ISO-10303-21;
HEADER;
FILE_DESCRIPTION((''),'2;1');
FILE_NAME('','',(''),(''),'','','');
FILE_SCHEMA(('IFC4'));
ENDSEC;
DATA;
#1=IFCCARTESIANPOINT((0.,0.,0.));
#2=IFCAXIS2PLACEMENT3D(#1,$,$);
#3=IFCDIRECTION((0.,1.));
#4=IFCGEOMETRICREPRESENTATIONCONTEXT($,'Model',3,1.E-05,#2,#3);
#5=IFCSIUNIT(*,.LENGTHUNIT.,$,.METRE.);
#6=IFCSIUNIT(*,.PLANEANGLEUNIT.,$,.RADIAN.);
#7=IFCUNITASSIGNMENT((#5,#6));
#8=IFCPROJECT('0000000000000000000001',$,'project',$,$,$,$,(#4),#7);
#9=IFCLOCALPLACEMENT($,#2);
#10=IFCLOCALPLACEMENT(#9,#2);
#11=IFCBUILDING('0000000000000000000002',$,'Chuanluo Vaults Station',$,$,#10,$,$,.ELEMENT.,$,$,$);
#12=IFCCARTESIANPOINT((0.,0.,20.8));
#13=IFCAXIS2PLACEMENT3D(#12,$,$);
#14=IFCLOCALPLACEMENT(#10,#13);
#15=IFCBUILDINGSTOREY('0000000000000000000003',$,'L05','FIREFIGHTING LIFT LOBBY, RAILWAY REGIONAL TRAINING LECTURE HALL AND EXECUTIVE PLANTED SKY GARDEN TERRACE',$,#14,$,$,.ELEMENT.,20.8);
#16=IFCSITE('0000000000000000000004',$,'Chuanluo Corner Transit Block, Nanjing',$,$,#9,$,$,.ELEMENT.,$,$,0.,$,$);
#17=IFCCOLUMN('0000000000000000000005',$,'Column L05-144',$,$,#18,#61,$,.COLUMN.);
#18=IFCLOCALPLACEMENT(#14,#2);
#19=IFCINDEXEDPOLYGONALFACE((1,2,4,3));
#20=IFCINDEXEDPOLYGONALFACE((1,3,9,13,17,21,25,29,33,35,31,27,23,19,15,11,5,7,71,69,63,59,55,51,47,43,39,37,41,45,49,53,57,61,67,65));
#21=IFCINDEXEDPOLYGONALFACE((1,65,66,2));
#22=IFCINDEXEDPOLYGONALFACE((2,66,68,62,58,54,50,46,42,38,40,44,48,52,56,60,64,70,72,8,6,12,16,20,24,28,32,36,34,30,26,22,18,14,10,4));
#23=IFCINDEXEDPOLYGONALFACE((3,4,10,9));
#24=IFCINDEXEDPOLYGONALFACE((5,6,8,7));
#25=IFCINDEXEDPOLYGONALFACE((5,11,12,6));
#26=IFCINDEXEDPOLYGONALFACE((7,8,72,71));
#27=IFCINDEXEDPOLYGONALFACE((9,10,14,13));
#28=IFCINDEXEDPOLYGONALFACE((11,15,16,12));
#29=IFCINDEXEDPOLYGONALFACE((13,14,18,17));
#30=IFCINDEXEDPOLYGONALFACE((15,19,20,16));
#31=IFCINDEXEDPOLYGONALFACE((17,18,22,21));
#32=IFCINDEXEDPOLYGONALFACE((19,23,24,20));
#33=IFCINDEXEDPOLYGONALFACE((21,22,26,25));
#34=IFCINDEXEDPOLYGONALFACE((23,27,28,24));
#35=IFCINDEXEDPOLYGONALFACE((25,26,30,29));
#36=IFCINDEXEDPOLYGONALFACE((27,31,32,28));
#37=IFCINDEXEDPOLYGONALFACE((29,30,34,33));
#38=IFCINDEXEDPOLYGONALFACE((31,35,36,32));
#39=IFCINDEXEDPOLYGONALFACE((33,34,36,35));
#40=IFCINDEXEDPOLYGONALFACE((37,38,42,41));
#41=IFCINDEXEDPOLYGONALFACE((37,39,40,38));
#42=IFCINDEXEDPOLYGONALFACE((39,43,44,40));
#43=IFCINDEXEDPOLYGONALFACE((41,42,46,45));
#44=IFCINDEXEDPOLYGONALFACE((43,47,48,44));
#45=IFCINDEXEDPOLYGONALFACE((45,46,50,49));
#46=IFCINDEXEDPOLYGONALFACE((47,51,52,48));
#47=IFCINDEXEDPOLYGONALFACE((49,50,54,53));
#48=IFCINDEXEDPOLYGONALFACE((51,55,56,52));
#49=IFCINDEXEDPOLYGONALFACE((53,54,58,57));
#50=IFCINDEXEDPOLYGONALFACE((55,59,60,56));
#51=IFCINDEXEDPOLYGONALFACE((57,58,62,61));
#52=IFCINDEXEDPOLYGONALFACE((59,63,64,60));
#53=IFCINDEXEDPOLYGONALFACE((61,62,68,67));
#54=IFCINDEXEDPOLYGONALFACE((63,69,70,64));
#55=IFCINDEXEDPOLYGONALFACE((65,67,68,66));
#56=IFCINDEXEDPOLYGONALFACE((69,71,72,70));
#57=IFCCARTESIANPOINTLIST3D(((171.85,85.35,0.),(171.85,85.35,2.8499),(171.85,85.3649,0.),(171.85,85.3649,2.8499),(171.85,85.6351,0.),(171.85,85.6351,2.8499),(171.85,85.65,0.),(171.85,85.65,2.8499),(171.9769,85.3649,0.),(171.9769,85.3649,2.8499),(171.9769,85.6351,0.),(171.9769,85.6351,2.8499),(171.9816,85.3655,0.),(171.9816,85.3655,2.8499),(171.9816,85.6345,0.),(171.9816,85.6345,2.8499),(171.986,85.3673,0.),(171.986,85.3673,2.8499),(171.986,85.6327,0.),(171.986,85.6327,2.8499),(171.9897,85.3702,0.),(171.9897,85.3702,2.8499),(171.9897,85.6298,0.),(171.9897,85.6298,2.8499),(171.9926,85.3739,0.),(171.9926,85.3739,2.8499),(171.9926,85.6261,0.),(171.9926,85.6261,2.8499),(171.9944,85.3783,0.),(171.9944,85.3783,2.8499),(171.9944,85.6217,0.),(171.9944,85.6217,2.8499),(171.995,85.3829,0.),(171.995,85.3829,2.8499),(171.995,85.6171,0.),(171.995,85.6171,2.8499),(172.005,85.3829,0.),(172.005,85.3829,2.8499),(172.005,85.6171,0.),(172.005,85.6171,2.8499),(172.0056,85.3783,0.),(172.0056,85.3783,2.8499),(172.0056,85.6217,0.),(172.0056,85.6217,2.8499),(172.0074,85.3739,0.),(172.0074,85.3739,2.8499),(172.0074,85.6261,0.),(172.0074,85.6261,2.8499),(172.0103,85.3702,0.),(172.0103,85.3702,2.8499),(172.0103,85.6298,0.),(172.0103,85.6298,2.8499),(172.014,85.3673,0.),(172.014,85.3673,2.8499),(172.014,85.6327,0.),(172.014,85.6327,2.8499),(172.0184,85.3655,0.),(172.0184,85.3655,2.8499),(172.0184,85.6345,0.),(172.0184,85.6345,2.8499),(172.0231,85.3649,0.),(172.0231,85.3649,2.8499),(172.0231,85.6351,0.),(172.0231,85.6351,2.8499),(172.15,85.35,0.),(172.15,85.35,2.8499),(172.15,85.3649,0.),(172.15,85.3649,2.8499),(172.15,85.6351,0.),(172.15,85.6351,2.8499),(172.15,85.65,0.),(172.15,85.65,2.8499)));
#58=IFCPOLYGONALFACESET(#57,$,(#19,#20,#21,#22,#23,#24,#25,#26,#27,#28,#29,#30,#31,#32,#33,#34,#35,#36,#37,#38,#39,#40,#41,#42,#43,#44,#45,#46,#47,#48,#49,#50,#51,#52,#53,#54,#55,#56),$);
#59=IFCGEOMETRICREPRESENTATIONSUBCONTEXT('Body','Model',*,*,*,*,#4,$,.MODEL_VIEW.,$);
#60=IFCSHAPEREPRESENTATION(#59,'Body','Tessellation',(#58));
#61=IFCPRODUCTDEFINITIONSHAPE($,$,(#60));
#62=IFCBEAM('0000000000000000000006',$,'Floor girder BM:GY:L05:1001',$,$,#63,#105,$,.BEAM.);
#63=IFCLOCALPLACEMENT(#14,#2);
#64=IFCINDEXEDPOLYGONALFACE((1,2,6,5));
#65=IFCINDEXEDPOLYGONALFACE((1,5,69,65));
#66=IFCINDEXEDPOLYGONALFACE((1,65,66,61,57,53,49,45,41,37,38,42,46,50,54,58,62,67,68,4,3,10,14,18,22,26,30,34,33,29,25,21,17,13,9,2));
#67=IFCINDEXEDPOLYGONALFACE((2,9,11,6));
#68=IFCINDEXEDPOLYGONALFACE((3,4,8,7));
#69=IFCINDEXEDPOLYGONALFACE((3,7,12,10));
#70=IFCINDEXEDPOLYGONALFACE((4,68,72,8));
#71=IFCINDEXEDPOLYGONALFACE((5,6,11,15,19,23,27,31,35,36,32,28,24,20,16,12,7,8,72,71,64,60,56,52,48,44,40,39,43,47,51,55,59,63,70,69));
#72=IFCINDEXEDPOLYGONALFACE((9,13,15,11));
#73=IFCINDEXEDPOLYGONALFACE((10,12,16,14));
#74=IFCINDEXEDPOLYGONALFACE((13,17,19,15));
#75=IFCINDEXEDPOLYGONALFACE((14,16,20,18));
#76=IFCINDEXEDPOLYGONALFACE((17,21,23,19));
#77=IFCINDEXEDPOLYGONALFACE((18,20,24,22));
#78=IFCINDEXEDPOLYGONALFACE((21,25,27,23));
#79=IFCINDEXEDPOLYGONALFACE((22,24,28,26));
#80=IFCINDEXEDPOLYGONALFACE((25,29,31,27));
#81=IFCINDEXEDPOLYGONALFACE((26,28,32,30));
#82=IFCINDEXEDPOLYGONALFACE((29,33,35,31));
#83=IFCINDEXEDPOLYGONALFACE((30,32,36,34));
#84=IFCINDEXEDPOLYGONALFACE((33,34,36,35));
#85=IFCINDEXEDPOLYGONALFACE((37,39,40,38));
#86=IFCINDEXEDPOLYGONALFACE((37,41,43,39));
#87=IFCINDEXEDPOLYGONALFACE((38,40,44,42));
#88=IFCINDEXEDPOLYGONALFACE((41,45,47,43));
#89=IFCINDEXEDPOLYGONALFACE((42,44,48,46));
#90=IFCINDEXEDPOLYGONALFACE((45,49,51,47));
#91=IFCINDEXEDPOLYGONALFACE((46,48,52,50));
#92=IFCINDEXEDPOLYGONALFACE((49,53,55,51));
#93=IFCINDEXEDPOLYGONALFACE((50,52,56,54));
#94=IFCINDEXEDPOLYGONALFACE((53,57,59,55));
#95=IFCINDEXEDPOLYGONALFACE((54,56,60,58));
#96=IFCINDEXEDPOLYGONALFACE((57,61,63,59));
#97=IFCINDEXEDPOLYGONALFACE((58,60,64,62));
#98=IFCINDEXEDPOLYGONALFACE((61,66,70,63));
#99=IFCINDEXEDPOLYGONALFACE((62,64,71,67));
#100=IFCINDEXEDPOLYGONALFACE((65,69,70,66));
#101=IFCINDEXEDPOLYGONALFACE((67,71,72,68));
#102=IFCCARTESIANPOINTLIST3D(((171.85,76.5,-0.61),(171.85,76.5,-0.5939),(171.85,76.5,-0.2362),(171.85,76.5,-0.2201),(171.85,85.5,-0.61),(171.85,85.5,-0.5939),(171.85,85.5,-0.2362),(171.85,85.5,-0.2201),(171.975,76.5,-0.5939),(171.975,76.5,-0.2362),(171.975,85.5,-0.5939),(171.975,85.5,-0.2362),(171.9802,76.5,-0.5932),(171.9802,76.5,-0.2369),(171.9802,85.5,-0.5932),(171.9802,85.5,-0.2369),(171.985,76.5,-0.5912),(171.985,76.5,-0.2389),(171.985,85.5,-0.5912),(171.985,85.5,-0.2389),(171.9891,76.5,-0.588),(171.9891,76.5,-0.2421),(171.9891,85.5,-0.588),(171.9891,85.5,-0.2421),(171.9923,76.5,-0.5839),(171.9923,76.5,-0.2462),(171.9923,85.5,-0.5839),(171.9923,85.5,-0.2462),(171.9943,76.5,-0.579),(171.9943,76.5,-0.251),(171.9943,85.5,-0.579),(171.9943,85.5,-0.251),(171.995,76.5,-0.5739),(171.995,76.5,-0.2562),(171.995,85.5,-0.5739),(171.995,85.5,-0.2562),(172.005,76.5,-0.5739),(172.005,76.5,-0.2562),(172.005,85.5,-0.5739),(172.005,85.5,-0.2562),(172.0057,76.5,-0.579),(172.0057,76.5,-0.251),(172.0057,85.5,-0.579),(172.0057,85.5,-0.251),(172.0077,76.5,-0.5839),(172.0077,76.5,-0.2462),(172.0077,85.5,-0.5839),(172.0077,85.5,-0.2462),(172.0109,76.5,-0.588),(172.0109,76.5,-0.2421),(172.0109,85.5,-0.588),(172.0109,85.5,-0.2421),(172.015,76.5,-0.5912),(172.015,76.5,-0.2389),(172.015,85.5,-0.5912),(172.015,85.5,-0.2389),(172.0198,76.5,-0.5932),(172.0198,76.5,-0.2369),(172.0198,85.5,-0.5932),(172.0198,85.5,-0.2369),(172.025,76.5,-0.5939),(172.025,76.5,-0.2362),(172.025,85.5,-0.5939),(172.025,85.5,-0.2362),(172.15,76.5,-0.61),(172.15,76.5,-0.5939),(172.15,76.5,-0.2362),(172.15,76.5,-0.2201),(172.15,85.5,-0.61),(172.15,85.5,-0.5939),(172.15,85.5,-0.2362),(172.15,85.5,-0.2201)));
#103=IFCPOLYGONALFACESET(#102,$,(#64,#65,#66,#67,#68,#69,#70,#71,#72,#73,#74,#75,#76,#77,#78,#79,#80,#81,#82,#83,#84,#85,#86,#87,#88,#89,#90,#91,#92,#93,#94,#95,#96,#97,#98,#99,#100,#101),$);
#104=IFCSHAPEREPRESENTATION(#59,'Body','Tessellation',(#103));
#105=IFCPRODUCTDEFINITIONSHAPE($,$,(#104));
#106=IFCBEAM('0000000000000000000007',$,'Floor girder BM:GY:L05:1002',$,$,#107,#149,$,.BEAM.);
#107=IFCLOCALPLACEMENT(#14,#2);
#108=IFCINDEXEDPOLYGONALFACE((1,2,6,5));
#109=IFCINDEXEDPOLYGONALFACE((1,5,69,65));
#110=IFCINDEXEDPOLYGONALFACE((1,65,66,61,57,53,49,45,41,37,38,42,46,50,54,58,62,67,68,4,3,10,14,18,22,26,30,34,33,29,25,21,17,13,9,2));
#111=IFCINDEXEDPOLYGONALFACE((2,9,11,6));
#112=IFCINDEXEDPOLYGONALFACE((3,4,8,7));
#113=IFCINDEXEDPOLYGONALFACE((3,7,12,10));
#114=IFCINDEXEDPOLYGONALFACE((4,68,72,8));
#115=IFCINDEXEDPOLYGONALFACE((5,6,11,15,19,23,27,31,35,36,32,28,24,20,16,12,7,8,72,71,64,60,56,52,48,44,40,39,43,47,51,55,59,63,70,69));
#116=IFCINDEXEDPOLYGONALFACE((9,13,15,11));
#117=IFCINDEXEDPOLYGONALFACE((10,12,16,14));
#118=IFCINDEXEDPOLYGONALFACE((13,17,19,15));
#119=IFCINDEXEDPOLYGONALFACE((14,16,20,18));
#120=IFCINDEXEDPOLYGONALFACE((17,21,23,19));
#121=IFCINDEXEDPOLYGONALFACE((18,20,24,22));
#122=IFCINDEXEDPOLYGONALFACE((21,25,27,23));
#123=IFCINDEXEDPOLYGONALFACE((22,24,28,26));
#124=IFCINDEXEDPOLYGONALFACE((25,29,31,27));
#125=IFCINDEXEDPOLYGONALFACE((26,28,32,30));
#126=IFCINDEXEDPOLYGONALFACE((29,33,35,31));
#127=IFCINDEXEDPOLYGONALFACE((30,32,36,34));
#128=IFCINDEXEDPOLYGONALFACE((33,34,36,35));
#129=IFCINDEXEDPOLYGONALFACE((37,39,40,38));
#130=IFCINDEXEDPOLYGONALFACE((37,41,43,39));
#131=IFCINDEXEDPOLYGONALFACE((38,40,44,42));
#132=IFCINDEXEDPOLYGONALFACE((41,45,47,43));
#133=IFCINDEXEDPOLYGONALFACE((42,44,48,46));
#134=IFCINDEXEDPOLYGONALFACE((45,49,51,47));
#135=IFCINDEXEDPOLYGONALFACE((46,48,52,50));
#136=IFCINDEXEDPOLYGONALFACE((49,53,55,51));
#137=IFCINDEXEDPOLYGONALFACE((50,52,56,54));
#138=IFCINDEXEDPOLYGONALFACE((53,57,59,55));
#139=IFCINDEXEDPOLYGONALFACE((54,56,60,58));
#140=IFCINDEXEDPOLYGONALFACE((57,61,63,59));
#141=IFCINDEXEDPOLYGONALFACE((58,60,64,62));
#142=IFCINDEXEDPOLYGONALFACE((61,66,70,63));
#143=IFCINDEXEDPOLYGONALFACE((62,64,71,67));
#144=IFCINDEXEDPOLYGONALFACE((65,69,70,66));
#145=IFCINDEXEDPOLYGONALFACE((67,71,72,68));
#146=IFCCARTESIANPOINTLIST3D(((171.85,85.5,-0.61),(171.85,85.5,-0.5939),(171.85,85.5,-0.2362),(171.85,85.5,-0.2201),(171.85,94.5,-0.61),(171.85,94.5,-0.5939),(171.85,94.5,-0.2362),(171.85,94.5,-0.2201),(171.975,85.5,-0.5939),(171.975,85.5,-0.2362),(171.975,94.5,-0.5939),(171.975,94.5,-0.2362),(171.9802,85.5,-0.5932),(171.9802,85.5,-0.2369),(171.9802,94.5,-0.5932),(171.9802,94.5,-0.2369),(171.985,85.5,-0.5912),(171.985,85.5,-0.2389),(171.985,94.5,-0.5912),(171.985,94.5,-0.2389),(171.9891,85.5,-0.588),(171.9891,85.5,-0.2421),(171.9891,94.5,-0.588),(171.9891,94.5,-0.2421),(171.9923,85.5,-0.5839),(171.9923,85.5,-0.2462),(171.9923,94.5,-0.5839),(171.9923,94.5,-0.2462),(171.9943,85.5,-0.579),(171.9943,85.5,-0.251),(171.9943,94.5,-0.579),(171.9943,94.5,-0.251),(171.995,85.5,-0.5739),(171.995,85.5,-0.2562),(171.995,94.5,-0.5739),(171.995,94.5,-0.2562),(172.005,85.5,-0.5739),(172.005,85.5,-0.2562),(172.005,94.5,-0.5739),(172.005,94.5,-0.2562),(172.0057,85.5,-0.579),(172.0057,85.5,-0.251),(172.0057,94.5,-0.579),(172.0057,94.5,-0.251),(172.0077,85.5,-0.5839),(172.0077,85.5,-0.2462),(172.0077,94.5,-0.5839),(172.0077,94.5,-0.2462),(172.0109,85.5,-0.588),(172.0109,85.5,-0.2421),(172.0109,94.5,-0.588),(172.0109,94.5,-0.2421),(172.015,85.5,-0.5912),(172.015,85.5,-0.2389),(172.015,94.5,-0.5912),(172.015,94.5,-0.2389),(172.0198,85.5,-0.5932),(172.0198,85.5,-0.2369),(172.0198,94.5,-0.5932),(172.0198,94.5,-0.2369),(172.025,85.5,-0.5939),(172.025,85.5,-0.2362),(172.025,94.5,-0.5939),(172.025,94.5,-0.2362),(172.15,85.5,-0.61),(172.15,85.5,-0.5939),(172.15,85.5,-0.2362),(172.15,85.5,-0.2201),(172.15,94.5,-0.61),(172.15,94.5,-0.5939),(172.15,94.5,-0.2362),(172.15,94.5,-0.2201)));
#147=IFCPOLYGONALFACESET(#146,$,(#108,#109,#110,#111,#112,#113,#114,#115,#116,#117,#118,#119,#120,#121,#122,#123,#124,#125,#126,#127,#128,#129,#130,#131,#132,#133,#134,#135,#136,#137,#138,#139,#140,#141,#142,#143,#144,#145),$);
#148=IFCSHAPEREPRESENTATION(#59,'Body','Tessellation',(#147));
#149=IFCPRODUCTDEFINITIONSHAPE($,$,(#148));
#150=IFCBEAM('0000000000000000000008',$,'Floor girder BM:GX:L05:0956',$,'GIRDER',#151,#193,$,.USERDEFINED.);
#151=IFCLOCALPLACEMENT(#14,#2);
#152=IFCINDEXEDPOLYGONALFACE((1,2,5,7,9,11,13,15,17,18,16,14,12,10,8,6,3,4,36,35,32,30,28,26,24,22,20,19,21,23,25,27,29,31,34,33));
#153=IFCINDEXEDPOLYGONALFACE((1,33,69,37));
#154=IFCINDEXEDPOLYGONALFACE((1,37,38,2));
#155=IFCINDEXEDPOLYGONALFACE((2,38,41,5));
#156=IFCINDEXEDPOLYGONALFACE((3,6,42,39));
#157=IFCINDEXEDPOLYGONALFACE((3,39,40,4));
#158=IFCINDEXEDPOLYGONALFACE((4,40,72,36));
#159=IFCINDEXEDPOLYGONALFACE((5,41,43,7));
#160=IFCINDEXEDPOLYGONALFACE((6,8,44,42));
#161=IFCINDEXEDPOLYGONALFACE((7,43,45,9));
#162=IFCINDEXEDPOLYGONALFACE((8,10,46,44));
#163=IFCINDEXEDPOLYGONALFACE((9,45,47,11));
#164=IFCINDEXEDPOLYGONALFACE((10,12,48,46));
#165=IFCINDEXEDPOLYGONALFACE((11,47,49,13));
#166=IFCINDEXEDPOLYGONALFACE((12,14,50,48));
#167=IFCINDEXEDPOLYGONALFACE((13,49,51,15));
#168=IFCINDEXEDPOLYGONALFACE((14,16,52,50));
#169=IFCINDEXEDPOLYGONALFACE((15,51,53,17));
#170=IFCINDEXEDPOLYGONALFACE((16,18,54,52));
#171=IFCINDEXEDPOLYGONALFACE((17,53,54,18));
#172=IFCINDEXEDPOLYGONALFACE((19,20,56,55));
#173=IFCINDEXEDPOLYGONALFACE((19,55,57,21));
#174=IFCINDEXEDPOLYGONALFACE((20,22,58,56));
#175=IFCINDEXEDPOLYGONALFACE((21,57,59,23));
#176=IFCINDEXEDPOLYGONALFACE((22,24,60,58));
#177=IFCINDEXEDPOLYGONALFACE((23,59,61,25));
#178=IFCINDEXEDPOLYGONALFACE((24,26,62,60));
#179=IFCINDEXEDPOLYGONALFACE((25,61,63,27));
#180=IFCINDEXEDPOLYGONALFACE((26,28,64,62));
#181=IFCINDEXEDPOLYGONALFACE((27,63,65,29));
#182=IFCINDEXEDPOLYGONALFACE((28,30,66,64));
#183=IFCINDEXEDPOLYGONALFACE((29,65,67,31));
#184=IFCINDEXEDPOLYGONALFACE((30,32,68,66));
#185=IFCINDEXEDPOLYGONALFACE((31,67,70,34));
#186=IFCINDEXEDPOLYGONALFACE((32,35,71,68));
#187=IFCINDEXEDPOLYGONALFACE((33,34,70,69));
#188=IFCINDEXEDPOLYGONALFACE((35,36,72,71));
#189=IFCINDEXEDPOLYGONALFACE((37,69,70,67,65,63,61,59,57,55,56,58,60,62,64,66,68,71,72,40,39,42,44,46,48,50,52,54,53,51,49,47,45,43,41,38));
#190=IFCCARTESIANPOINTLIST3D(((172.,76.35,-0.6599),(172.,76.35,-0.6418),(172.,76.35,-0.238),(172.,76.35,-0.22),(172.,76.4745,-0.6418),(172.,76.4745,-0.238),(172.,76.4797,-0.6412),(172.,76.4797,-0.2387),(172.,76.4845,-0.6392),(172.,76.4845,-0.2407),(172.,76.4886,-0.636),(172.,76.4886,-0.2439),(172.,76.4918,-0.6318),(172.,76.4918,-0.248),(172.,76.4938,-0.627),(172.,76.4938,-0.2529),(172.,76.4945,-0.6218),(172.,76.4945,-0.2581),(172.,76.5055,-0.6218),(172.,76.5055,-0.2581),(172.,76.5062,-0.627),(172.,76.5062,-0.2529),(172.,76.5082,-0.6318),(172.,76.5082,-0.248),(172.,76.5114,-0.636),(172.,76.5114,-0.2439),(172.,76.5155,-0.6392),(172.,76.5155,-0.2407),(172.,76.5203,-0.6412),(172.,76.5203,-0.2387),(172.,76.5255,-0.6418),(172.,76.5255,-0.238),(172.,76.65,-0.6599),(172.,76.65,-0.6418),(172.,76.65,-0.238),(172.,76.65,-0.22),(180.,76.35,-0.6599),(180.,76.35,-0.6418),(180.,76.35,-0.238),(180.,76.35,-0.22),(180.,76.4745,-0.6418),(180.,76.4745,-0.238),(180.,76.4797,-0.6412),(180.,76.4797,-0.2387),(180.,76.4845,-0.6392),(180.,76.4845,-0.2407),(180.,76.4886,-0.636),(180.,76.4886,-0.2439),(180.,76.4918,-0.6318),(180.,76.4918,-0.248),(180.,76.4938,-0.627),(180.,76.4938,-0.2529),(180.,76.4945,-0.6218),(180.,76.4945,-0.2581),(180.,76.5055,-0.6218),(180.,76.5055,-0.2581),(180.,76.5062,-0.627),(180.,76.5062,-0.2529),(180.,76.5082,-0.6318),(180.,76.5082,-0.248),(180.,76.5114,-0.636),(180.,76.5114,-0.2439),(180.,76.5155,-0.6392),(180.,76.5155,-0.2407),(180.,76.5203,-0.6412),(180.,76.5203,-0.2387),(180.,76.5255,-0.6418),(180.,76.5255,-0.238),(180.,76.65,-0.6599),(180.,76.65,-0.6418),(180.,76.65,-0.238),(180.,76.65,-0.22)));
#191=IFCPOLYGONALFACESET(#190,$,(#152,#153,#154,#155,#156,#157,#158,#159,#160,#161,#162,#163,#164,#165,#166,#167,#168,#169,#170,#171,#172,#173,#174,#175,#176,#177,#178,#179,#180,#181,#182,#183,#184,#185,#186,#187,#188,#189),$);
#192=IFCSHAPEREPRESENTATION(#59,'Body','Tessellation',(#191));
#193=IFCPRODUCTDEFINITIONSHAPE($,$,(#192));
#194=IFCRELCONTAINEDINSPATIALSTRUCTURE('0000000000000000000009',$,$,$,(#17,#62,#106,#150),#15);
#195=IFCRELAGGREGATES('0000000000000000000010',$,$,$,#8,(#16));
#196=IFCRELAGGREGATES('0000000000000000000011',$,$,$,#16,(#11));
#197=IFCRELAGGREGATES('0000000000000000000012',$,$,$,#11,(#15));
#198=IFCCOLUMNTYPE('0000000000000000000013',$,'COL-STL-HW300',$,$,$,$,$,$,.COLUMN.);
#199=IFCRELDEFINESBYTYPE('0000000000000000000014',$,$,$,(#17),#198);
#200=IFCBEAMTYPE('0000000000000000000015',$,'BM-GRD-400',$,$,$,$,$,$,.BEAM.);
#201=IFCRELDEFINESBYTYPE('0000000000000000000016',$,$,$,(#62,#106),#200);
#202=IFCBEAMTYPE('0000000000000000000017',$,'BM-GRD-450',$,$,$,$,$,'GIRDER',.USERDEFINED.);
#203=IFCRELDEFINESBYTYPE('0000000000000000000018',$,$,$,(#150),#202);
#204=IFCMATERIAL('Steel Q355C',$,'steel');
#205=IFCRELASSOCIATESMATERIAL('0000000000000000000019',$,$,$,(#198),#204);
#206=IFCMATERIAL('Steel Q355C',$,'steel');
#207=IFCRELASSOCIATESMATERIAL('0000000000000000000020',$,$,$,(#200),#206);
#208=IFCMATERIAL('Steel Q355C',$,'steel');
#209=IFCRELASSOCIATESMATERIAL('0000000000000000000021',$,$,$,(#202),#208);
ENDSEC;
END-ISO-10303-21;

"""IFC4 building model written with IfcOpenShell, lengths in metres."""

from ifc_helpers import new_model, si_unit, direction, frame, origin, origin_2d, place, context, subcontext, project, spatial, i_section, extrude, material, material_profile, profile_set, type_object, element, save


model = new_model("IFC4")

# Units and contexts
model_context = context("Model", 3, precision=1e-05, world=origin(), true_north=direction((0.0, 1.0)))
body_context = subcontext(model_context, "Body", "Model", "MODEL_VIEW")
ifc_project = project(units=[si_unit("LENGTHUNIT", "METRE"), si_unit("PLANEANGLEUNIT", "RADIAN")], contexts=[model_context])

# Site, building, storey
site_placement = place(None, origin())
site = spatial("IfcSite", under=ifc_project, at=site_placement, Name="Chuanluo Corner Transit Block, Nanjing", CompositionType="ELEMENT", RefElevation=0.0)
building_placement = place(site_placement, origin())
building = spatial("IfcBuilding", under=site, at=building_placement, Name="Chuanluo Vaults Station", CompositionType="ELEMENT")
storey_placement = place(building_placement, frame((0.0, 0.0, 20.8)))
storey = spatial("IfcBuildingStorey", under=building, at=storey_placement, Name="L05", Description="FIREFIGHTING LIFT LOBBY, RAILWAY REGIONAL TRAINING LECTURE HALL AND EXECUTIVE PLANTED SKY GARDEN TERRACE", CompositionType="ELEMENT", Elevation=20.8)

# Column
ifc_material_1 = material(Name="Steel Q355C", Category="steel")
ifc_material_profile_1 = material_profile(ifc_material_1, i_section(OverallWidth=0.3, OverallDepth=0.3, WebThickness=0.01, FlangeThickness=0.0149, FilletRadius=0.0181, at=origin_2d()))
ifc_profile_set_1 = profile_set([ifc_material_profile_1], Name="Steel Q355C")
column_type = type_object("IfcColumnType", Name="COL-STL-HW300", PredefinedType="COLUMN", material=ifc_profile_set_1)
column_placement = place(storey_placement, frame((172.0, 85.5, 0.0), z_axis=(0.0, 0.0, 1.0), x_axis=(1.0, 0.0, 0.0)))
element("IfcColumn", 1, at=column_placement, inside=storey, type_object=column_type, Name="Column L05-144", PredefinedType="COLUMN", context=body_context, shape_type="SweptSolid", body=[
    extrude(i_section(OverallWidth=0.3, OverallDepth=0.3, WebThickness=0.01, FlangeThickness=0.0149, FilletRadius=0.0181, at=origin_2d()), origin(), (0.0, 0.0, 1.0), 2.8499),
])

# Beams
ifc_material_2 = material(Name="Steel Q355C", Category="steel")
ifc_material_profile_2 = material_profile(ifc_material_2, i_section(OverallWidth=0.3, OverallDepth=0.3899, WebThickness=0.01, FlangeThickness=0.0161, FilletRadius=0.02, at=origin_2d()))
ifc_profile_set_2 = profile_set([ifc_material_profile_2], Name="Steel Q355C")
beam_type_1 = type_object("IfcBeamType", Name="BM-GRD-400", PredefinedType="BEAM", material=ifc_profile_set_2)
for number, where, z_axis, x_axis, name in (
    (2, (172.0, 76.5, -0.415), (0.0, 1.0, 0.0), (-1.0, 0.0, 0.0), "Floor girder BM:GY:L05:1001"),
    (3, (172.0, 85.5, -0.415), (0.0, 1.0, 0.0), (-1.0, 0.0, 0.0), "Floor girder BM:GY:L05:1002"),
):
    element("IfcBeam", number, at=place(storey_placement, frame(where, z_axis=z_axis, x_axis=x_axis)), inside=storey, type_object=beam_type_1, Name=name, PredefinedType="BEAM", context=body_context, shape_type="SweptSolid", body=[
        extrude(i_section(OverallWidth=0.3, OverallDepth=0.3899, WebThickness=0.01, FlangeThickness=0.0161, FilletRadius=0.02, at=origin_2d()), origin(), (0.0, 0.0, 1.0), 9.0),
    ])
ifc_material_3 = material(Name="Steel Q355C", Category="steel")
ifc_material_profile_3 = material_profile(ifc_material_3, i_section(OverallWidth=0.3, OverallDepth=0.4399, WebThickness=0.011, FlangeThickness=0.0181, FilletRadius=0.02, at=origin_2d()))
ifc_profile_set_3 = profile_set([ifc_material_profile_3], Name="Steel Q355C")
beam_type_2 = type_object("IfcBeamType", Name="BM-GRD-450", ElementType="GIRDER", PredefinedType="USERDEFINED", material=ifc_profile_set_3)
for number, where, z_axis, x_axis, name in (
    (4, (172.0, 76.5, -0.4399), (1.0, 0.0, 0.0), (0.0, 1.0, 0.0), "Floor girder BM:GX:L05:0956"),
):
    element("IfcBeam", number, at=place(storey_placement, frame(where, z_axis=z_axis, x_axis=x_axis)), inside=storey, type_object=beam_type_2, Name=name, ObjectType="GIRDER", PredefinedType="USERDEFINED", context=body_context, shape_type="SweptSolid", body=[
        extrude(i_section(OverallWidth=0.3, OverallDepth=0.4399, WebThickness=0.011, FlangeThickness=0.0181, FilletRadius=0.02, at=origin_2d()), origin(), (0.0, 0.0, 1.0), 8.0),
    ])

save(model, "model.ifc")
